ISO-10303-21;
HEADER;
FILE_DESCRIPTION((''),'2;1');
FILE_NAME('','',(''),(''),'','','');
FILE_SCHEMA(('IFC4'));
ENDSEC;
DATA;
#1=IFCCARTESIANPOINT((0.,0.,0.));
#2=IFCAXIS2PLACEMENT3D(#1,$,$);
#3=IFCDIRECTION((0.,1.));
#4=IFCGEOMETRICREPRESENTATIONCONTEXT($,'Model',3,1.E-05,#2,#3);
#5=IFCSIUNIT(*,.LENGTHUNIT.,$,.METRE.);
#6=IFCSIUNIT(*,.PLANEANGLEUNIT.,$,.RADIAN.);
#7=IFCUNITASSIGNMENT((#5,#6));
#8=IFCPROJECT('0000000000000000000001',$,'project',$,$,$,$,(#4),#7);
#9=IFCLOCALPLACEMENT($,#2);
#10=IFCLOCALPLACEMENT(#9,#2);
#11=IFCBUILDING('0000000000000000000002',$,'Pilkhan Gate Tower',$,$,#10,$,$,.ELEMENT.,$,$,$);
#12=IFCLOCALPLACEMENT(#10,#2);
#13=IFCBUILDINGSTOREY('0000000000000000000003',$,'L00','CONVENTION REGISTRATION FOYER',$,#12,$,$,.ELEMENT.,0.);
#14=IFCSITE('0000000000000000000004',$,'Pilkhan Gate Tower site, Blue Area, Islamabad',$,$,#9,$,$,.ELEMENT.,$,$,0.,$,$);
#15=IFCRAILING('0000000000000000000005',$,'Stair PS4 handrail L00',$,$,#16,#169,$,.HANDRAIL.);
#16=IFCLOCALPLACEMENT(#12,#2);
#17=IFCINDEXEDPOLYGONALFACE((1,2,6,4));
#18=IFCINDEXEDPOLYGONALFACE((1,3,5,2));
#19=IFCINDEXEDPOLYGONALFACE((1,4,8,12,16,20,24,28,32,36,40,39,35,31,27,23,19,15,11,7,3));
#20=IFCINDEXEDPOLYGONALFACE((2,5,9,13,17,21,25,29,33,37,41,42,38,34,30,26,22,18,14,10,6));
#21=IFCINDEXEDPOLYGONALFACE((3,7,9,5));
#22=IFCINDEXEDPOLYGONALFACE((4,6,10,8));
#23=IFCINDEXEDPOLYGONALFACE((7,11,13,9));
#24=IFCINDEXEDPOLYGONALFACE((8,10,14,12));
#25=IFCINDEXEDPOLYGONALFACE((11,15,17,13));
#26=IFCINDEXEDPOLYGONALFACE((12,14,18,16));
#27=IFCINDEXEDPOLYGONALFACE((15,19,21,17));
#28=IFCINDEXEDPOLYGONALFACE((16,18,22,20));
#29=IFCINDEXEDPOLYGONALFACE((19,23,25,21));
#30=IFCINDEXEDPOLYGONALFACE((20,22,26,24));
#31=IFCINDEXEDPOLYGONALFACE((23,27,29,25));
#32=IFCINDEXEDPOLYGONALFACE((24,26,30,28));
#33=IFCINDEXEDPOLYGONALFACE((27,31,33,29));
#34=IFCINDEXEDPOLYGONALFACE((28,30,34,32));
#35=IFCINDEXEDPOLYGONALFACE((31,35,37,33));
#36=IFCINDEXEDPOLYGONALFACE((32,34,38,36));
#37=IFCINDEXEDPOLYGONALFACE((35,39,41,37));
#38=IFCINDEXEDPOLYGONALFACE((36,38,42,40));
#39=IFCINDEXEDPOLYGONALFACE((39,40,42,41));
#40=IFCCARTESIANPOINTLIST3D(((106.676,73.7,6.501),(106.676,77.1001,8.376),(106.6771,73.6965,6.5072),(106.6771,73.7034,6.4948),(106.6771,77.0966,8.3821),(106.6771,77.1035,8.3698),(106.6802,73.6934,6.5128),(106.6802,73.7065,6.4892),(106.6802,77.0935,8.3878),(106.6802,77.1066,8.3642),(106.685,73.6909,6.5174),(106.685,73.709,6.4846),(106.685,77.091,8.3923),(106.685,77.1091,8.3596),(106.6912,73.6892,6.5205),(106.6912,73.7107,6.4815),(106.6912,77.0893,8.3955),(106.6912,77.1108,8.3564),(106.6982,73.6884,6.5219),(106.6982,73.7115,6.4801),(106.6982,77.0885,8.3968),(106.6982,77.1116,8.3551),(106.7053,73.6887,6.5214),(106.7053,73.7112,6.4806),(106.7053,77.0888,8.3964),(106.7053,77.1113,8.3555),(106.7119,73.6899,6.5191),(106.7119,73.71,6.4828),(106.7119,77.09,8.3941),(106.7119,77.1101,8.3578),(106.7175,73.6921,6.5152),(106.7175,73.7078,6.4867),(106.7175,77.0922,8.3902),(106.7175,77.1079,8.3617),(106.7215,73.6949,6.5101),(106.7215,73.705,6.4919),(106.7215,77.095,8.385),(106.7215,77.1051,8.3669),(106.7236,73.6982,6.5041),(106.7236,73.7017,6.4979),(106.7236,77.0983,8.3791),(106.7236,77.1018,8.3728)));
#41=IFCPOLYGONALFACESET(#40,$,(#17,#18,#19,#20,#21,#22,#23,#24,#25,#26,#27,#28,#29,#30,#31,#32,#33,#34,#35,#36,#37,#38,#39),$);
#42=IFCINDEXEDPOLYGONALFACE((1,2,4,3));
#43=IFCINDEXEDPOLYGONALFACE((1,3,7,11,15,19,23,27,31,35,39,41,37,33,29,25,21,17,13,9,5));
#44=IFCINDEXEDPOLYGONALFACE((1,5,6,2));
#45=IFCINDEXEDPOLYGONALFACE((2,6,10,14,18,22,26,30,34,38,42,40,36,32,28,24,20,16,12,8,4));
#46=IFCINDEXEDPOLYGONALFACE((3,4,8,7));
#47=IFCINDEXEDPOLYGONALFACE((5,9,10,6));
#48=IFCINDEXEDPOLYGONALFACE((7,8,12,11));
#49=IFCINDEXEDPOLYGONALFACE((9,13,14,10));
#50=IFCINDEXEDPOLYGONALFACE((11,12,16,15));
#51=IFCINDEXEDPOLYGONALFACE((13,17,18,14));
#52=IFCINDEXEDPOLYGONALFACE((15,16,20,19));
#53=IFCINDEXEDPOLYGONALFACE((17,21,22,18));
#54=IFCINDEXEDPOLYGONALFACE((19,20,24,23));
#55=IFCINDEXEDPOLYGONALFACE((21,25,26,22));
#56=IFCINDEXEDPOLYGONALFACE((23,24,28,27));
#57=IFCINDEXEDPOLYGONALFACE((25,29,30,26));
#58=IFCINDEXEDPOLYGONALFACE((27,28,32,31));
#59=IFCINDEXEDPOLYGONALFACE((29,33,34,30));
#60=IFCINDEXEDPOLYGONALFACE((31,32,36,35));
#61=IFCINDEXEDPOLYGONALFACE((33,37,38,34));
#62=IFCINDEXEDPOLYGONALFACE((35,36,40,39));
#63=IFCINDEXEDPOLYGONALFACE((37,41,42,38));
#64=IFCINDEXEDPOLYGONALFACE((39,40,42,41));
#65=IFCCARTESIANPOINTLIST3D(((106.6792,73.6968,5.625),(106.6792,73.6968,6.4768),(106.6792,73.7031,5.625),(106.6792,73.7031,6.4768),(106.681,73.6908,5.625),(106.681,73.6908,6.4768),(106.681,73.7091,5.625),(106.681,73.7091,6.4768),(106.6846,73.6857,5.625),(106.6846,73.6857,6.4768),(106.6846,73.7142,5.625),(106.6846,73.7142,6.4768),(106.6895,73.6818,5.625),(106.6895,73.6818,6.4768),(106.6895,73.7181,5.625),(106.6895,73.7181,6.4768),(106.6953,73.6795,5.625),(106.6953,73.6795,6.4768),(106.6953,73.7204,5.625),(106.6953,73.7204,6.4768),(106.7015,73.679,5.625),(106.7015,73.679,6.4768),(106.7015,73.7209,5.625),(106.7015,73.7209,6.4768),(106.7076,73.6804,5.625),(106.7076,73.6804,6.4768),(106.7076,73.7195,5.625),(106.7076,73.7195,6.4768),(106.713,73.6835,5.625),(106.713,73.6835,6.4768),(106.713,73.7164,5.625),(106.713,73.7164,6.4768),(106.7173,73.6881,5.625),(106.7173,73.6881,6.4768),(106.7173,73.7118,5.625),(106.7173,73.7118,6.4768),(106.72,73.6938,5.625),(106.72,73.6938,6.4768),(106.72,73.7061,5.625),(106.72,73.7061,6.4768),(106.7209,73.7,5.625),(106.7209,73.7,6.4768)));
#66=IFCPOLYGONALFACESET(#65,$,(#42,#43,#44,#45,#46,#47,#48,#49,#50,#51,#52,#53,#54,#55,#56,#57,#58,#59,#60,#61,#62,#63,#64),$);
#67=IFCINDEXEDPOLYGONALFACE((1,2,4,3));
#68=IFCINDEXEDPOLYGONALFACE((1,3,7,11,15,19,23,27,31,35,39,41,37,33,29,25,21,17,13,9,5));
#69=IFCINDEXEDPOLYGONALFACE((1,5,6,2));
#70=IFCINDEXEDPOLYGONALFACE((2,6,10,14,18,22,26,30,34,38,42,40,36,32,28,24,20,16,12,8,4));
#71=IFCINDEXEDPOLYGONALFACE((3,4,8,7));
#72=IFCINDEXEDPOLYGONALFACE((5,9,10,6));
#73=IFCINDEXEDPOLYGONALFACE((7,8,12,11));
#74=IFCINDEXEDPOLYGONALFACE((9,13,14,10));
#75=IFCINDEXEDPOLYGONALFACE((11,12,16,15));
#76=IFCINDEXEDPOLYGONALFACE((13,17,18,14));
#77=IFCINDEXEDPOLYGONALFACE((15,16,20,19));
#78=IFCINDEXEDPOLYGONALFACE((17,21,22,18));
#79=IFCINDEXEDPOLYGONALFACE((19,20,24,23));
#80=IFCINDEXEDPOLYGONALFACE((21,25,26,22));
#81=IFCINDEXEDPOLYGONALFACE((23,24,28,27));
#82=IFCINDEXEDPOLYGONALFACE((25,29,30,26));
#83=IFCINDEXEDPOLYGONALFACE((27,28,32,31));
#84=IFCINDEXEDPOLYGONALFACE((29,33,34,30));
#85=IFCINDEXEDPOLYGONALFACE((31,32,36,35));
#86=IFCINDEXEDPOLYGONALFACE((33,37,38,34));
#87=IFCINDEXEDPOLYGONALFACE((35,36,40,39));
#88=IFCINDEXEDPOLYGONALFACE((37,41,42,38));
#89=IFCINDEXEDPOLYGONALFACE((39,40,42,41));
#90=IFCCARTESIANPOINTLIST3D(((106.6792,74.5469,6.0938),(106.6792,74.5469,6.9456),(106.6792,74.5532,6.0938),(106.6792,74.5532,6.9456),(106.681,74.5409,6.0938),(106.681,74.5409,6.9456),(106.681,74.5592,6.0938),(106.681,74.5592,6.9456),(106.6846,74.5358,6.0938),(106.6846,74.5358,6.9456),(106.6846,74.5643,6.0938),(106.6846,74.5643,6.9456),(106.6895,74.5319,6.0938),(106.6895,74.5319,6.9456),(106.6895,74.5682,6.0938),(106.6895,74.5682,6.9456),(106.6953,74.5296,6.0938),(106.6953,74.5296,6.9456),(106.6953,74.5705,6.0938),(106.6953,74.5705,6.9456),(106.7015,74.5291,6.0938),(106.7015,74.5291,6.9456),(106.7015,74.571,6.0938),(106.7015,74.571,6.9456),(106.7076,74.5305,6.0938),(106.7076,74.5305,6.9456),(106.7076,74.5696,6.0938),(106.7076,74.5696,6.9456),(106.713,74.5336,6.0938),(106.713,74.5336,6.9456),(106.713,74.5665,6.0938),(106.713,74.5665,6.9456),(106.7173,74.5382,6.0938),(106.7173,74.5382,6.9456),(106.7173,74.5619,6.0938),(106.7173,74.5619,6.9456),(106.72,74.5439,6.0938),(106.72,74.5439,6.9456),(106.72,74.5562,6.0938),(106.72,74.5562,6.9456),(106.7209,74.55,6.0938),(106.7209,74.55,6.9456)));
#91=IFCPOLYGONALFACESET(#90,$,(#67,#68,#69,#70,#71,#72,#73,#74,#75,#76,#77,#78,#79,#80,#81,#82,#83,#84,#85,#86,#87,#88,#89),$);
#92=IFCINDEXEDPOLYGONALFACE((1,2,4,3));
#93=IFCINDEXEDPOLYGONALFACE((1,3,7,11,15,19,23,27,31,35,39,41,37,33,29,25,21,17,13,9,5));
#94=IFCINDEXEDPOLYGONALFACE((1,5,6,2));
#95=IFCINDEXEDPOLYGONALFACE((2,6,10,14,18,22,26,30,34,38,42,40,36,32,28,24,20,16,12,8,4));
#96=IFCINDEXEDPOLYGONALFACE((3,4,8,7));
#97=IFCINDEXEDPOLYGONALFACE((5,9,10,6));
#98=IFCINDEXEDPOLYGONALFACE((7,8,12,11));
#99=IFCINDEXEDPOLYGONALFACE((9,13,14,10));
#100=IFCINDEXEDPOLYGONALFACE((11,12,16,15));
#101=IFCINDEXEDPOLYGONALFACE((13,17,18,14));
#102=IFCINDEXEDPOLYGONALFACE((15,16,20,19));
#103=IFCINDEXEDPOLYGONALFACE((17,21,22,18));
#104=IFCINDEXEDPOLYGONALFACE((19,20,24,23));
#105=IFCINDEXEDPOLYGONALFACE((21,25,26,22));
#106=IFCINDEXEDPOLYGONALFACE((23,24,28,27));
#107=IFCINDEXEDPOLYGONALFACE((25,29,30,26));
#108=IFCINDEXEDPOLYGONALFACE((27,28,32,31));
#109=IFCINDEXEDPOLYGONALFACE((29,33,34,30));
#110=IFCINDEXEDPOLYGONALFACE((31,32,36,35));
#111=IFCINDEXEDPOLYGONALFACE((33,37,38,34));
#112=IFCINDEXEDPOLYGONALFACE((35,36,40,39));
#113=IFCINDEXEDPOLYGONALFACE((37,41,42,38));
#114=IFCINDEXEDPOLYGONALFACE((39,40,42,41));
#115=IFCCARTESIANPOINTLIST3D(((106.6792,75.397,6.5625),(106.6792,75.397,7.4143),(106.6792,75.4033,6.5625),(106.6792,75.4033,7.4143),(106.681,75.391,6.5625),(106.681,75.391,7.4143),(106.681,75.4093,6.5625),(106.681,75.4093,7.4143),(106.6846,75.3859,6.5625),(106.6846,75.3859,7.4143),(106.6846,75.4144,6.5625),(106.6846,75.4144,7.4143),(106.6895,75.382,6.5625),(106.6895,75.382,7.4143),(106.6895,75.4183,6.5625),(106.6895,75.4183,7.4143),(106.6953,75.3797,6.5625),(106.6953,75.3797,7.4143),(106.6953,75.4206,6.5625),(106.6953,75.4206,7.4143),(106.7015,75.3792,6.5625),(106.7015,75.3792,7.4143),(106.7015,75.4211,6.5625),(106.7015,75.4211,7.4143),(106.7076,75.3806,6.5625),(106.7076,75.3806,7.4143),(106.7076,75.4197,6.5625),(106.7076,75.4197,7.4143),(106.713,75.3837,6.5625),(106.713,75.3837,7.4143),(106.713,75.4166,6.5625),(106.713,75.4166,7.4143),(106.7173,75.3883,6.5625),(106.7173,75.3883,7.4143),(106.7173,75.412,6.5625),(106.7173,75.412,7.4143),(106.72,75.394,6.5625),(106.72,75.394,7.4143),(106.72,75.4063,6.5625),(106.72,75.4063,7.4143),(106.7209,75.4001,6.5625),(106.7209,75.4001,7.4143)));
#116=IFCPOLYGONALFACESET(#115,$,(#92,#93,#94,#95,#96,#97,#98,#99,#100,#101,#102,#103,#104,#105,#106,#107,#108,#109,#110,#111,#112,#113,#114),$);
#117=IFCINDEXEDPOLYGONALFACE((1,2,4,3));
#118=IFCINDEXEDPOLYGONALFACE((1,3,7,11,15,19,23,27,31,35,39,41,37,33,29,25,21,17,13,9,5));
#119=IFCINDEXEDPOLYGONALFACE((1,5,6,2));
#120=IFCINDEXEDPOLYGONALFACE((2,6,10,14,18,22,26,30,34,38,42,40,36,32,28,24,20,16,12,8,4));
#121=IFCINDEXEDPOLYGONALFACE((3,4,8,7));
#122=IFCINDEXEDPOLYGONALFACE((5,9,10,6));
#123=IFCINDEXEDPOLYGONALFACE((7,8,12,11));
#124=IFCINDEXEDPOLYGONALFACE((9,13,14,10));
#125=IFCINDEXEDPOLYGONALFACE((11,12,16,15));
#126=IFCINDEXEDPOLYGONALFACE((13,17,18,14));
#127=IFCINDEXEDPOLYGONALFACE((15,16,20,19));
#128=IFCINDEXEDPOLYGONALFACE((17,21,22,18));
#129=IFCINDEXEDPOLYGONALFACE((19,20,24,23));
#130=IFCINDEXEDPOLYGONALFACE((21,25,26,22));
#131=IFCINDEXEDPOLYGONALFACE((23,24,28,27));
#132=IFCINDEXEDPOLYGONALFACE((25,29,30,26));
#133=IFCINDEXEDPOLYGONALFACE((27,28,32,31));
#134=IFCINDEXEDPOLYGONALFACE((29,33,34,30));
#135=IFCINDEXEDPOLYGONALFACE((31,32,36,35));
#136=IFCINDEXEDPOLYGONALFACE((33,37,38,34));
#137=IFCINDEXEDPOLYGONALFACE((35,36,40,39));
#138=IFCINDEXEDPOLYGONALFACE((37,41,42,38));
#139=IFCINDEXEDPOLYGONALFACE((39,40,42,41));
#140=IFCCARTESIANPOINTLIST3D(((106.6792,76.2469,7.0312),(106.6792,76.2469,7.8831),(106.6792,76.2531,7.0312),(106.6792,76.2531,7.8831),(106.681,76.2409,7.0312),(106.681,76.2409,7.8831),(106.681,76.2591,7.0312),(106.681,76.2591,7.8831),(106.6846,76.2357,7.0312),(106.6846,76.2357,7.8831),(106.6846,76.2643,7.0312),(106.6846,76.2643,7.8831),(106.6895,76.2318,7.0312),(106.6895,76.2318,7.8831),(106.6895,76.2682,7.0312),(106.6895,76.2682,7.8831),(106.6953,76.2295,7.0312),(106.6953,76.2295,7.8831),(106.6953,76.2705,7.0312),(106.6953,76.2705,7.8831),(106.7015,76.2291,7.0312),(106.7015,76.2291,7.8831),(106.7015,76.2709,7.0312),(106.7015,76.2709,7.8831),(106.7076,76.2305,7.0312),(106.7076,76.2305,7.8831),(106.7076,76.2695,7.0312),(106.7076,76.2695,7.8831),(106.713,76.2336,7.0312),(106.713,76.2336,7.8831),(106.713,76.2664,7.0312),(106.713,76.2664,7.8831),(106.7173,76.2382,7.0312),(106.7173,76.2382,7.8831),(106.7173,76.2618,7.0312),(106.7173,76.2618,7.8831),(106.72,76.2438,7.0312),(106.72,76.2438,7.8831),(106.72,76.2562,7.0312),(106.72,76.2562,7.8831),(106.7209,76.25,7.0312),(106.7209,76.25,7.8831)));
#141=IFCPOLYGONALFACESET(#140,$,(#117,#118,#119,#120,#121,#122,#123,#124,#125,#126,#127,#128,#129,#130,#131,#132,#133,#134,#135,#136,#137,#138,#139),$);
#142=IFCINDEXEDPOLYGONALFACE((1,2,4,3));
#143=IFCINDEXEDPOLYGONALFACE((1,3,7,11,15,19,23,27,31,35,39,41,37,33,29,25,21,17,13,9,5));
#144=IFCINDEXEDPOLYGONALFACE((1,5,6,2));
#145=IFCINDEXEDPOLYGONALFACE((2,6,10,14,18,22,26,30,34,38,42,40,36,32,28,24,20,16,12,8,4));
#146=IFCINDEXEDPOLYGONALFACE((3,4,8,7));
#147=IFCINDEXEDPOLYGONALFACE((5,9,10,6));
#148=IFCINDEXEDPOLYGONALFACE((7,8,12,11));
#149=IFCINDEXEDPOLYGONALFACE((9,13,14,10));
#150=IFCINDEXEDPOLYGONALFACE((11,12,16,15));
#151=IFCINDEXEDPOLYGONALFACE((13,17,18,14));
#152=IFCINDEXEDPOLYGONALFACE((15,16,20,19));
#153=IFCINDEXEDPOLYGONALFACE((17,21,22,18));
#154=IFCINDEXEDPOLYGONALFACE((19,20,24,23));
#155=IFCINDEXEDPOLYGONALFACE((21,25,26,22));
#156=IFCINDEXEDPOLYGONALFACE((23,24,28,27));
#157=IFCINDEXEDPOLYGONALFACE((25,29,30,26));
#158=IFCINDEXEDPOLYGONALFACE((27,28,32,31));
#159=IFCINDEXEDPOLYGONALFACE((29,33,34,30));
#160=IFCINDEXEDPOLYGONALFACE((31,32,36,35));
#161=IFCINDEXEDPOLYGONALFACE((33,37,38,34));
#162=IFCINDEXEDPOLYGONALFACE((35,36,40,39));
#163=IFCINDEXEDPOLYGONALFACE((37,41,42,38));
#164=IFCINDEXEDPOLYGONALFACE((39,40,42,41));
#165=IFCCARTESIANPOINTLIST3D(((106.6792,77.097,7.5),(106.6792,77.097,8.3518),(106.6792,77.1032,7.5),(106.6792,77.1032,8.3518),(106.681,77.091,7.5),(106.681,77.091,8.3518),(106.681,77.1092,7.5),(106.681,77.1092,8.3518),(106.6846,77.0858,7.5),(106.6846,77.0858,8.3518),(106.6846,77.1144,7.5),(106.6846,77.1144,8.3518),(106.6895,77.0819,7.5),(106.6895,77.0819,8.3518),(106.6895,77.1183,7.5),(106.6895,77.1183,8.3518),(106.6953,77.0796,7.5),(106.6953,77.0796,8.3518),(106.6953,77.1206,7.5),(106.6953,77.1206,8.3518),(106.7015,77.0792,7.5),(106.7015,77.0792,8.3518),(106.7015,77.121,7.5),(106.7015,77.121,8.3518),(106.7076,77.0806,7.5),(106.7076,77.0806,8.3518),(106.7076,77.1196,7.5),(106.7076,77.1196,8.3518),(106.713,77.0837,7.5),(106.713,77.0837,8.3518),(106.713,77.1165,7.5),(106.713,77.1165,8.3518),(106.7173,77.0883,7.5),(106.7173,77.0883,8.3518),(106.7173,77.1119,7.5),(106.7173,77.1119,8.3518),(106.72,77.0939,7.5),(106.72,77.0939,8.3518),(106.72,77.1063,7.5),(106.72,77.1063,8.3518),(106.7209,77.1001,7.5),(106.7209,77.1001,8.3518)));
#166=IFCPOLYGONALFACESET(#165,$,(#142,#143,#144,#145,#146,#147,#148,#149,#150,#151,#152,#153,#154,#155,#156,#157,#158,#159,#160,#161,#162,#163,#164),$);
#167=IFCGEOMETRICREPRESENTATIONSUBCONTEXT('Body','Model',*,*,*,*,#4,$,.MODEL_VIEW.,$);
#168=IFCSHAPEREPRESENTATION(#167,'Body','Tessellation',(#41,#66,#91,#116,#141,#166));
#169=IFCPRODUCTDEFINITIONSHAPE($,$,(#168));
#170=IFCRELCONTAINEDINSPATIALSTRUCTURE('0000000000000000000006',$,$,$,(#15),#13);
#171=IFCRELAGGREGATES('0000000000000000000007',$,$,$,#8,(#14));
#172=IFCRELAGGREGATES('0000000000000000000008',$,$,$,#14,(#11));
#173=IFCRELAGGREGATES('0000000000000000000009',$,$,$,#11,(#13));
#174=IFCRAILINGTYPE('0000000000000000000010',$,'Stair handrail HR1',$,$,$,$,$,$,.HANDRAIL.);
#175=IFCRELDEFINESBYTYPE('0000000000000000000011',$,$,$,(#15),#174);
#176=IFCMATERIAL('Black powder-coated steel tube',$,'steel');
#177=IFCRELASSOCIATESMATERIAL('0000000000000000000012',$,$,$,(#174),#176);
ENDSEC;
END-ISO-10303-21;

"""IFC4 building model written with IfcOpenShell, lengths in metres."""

from ifc_helpers import new_model, si_unit, direction, frame, origin, origin_2d, place, context, subcontext, project, spatial, circle, extrude, material, type_object, element, save


model = new_model("IFC4")

# Units and contexts
model_context = context("Model", 3, precision=1e-05, world=origin(), true_north=direction((0.0, 1.0)))
body_context = subcontext(model_context, "Body", "Model", "MODEL_VIEW")
ifc_project = project(units=[si_unit("LENGTHUNIT", "METRE"), si_unit("PLANEANGLEUNIT", "RADIAN")], contexts=[model_context])

# Site, building, storey
site_placement = place(None, origin())
site = spatial("IfcSite", under=ifc_project, at=site_placement, Name="Pilkhan Gate Tower site, Blue Area, Islamabad", CompositionType="ELEMENT", RefElevation=0.0)
building_placement = place(site_placement, origin())
building = spatial("IfcBuilding", under=site, at=building_placement, Name="Pilkhan Gate Tower", CompositionType="ELEMENT")
storey_placement = place(building_placement, origin())
storey = spatial("IfcBuildingStorey", under=building, at=storey_placement, Name="L00", Description="CONVENTION REGISTRATION FOYER", CompositionType="ELEMENT", Elevation=0.0)

# Railing
ifc_material_1 = material(Name="Black powder-coated steel tube", Category="steel")
railing_type = type_object("IfcRailingType", Name="Stair handrail HR1", PredefinedType="HANDRAIL", material=ifc_material_1)
for number, where, name in (
    (1, (106.7, 73.7, 5.625), "Stair PS4 handrail L00"),
):
    element("IfcRailing", number, at=place(storey_placement, frame(where)), inside=storey, type_object=railing_type, Name=name, PredefinedType="HANDRAIL", context=body_context, shape_type="SweptSolid", body=[
        extrude(circle(Radius=0.0239, at=origin_2d()), frame((0.0, 0.0, 0.876), z_axis=(0.0, 0.87568, 0.482891), x_axis=(-1.0, 0.0, 0.0)), (0.0, 0.0, 1.0), 3.8828),
        extrude(circle(Radius=0.021, at=origin_2d()), origin(), (0.0, 0.0, 1.0), 0.8518),
        extrude(circle(Radius=0.021, at=origin_2d()), frame((0.0, 0.8501, 0.4688)), (0.0, 0.0, 1.0), 0.8518),
        extrude(circle(Radius=0.021, at=origin_2d()), frame((0.0, 1.7002, 0.9375)), (0.0, 0.0, 1.0), 0.8518),
        extrude(circle(Radius=0.021, at=origin_2d()), frame((0.0, 2.55, 1.4062)), (0.0, 0.0, 1.0), 0.8518),
        extrude(circle(Radius=0.021, at=origin_2d()), frame((0.0, 3.4001, 1.875)), (0.0, 0.0, 1.0), 0.8518),
    ])

save(model, "model.ifc")
